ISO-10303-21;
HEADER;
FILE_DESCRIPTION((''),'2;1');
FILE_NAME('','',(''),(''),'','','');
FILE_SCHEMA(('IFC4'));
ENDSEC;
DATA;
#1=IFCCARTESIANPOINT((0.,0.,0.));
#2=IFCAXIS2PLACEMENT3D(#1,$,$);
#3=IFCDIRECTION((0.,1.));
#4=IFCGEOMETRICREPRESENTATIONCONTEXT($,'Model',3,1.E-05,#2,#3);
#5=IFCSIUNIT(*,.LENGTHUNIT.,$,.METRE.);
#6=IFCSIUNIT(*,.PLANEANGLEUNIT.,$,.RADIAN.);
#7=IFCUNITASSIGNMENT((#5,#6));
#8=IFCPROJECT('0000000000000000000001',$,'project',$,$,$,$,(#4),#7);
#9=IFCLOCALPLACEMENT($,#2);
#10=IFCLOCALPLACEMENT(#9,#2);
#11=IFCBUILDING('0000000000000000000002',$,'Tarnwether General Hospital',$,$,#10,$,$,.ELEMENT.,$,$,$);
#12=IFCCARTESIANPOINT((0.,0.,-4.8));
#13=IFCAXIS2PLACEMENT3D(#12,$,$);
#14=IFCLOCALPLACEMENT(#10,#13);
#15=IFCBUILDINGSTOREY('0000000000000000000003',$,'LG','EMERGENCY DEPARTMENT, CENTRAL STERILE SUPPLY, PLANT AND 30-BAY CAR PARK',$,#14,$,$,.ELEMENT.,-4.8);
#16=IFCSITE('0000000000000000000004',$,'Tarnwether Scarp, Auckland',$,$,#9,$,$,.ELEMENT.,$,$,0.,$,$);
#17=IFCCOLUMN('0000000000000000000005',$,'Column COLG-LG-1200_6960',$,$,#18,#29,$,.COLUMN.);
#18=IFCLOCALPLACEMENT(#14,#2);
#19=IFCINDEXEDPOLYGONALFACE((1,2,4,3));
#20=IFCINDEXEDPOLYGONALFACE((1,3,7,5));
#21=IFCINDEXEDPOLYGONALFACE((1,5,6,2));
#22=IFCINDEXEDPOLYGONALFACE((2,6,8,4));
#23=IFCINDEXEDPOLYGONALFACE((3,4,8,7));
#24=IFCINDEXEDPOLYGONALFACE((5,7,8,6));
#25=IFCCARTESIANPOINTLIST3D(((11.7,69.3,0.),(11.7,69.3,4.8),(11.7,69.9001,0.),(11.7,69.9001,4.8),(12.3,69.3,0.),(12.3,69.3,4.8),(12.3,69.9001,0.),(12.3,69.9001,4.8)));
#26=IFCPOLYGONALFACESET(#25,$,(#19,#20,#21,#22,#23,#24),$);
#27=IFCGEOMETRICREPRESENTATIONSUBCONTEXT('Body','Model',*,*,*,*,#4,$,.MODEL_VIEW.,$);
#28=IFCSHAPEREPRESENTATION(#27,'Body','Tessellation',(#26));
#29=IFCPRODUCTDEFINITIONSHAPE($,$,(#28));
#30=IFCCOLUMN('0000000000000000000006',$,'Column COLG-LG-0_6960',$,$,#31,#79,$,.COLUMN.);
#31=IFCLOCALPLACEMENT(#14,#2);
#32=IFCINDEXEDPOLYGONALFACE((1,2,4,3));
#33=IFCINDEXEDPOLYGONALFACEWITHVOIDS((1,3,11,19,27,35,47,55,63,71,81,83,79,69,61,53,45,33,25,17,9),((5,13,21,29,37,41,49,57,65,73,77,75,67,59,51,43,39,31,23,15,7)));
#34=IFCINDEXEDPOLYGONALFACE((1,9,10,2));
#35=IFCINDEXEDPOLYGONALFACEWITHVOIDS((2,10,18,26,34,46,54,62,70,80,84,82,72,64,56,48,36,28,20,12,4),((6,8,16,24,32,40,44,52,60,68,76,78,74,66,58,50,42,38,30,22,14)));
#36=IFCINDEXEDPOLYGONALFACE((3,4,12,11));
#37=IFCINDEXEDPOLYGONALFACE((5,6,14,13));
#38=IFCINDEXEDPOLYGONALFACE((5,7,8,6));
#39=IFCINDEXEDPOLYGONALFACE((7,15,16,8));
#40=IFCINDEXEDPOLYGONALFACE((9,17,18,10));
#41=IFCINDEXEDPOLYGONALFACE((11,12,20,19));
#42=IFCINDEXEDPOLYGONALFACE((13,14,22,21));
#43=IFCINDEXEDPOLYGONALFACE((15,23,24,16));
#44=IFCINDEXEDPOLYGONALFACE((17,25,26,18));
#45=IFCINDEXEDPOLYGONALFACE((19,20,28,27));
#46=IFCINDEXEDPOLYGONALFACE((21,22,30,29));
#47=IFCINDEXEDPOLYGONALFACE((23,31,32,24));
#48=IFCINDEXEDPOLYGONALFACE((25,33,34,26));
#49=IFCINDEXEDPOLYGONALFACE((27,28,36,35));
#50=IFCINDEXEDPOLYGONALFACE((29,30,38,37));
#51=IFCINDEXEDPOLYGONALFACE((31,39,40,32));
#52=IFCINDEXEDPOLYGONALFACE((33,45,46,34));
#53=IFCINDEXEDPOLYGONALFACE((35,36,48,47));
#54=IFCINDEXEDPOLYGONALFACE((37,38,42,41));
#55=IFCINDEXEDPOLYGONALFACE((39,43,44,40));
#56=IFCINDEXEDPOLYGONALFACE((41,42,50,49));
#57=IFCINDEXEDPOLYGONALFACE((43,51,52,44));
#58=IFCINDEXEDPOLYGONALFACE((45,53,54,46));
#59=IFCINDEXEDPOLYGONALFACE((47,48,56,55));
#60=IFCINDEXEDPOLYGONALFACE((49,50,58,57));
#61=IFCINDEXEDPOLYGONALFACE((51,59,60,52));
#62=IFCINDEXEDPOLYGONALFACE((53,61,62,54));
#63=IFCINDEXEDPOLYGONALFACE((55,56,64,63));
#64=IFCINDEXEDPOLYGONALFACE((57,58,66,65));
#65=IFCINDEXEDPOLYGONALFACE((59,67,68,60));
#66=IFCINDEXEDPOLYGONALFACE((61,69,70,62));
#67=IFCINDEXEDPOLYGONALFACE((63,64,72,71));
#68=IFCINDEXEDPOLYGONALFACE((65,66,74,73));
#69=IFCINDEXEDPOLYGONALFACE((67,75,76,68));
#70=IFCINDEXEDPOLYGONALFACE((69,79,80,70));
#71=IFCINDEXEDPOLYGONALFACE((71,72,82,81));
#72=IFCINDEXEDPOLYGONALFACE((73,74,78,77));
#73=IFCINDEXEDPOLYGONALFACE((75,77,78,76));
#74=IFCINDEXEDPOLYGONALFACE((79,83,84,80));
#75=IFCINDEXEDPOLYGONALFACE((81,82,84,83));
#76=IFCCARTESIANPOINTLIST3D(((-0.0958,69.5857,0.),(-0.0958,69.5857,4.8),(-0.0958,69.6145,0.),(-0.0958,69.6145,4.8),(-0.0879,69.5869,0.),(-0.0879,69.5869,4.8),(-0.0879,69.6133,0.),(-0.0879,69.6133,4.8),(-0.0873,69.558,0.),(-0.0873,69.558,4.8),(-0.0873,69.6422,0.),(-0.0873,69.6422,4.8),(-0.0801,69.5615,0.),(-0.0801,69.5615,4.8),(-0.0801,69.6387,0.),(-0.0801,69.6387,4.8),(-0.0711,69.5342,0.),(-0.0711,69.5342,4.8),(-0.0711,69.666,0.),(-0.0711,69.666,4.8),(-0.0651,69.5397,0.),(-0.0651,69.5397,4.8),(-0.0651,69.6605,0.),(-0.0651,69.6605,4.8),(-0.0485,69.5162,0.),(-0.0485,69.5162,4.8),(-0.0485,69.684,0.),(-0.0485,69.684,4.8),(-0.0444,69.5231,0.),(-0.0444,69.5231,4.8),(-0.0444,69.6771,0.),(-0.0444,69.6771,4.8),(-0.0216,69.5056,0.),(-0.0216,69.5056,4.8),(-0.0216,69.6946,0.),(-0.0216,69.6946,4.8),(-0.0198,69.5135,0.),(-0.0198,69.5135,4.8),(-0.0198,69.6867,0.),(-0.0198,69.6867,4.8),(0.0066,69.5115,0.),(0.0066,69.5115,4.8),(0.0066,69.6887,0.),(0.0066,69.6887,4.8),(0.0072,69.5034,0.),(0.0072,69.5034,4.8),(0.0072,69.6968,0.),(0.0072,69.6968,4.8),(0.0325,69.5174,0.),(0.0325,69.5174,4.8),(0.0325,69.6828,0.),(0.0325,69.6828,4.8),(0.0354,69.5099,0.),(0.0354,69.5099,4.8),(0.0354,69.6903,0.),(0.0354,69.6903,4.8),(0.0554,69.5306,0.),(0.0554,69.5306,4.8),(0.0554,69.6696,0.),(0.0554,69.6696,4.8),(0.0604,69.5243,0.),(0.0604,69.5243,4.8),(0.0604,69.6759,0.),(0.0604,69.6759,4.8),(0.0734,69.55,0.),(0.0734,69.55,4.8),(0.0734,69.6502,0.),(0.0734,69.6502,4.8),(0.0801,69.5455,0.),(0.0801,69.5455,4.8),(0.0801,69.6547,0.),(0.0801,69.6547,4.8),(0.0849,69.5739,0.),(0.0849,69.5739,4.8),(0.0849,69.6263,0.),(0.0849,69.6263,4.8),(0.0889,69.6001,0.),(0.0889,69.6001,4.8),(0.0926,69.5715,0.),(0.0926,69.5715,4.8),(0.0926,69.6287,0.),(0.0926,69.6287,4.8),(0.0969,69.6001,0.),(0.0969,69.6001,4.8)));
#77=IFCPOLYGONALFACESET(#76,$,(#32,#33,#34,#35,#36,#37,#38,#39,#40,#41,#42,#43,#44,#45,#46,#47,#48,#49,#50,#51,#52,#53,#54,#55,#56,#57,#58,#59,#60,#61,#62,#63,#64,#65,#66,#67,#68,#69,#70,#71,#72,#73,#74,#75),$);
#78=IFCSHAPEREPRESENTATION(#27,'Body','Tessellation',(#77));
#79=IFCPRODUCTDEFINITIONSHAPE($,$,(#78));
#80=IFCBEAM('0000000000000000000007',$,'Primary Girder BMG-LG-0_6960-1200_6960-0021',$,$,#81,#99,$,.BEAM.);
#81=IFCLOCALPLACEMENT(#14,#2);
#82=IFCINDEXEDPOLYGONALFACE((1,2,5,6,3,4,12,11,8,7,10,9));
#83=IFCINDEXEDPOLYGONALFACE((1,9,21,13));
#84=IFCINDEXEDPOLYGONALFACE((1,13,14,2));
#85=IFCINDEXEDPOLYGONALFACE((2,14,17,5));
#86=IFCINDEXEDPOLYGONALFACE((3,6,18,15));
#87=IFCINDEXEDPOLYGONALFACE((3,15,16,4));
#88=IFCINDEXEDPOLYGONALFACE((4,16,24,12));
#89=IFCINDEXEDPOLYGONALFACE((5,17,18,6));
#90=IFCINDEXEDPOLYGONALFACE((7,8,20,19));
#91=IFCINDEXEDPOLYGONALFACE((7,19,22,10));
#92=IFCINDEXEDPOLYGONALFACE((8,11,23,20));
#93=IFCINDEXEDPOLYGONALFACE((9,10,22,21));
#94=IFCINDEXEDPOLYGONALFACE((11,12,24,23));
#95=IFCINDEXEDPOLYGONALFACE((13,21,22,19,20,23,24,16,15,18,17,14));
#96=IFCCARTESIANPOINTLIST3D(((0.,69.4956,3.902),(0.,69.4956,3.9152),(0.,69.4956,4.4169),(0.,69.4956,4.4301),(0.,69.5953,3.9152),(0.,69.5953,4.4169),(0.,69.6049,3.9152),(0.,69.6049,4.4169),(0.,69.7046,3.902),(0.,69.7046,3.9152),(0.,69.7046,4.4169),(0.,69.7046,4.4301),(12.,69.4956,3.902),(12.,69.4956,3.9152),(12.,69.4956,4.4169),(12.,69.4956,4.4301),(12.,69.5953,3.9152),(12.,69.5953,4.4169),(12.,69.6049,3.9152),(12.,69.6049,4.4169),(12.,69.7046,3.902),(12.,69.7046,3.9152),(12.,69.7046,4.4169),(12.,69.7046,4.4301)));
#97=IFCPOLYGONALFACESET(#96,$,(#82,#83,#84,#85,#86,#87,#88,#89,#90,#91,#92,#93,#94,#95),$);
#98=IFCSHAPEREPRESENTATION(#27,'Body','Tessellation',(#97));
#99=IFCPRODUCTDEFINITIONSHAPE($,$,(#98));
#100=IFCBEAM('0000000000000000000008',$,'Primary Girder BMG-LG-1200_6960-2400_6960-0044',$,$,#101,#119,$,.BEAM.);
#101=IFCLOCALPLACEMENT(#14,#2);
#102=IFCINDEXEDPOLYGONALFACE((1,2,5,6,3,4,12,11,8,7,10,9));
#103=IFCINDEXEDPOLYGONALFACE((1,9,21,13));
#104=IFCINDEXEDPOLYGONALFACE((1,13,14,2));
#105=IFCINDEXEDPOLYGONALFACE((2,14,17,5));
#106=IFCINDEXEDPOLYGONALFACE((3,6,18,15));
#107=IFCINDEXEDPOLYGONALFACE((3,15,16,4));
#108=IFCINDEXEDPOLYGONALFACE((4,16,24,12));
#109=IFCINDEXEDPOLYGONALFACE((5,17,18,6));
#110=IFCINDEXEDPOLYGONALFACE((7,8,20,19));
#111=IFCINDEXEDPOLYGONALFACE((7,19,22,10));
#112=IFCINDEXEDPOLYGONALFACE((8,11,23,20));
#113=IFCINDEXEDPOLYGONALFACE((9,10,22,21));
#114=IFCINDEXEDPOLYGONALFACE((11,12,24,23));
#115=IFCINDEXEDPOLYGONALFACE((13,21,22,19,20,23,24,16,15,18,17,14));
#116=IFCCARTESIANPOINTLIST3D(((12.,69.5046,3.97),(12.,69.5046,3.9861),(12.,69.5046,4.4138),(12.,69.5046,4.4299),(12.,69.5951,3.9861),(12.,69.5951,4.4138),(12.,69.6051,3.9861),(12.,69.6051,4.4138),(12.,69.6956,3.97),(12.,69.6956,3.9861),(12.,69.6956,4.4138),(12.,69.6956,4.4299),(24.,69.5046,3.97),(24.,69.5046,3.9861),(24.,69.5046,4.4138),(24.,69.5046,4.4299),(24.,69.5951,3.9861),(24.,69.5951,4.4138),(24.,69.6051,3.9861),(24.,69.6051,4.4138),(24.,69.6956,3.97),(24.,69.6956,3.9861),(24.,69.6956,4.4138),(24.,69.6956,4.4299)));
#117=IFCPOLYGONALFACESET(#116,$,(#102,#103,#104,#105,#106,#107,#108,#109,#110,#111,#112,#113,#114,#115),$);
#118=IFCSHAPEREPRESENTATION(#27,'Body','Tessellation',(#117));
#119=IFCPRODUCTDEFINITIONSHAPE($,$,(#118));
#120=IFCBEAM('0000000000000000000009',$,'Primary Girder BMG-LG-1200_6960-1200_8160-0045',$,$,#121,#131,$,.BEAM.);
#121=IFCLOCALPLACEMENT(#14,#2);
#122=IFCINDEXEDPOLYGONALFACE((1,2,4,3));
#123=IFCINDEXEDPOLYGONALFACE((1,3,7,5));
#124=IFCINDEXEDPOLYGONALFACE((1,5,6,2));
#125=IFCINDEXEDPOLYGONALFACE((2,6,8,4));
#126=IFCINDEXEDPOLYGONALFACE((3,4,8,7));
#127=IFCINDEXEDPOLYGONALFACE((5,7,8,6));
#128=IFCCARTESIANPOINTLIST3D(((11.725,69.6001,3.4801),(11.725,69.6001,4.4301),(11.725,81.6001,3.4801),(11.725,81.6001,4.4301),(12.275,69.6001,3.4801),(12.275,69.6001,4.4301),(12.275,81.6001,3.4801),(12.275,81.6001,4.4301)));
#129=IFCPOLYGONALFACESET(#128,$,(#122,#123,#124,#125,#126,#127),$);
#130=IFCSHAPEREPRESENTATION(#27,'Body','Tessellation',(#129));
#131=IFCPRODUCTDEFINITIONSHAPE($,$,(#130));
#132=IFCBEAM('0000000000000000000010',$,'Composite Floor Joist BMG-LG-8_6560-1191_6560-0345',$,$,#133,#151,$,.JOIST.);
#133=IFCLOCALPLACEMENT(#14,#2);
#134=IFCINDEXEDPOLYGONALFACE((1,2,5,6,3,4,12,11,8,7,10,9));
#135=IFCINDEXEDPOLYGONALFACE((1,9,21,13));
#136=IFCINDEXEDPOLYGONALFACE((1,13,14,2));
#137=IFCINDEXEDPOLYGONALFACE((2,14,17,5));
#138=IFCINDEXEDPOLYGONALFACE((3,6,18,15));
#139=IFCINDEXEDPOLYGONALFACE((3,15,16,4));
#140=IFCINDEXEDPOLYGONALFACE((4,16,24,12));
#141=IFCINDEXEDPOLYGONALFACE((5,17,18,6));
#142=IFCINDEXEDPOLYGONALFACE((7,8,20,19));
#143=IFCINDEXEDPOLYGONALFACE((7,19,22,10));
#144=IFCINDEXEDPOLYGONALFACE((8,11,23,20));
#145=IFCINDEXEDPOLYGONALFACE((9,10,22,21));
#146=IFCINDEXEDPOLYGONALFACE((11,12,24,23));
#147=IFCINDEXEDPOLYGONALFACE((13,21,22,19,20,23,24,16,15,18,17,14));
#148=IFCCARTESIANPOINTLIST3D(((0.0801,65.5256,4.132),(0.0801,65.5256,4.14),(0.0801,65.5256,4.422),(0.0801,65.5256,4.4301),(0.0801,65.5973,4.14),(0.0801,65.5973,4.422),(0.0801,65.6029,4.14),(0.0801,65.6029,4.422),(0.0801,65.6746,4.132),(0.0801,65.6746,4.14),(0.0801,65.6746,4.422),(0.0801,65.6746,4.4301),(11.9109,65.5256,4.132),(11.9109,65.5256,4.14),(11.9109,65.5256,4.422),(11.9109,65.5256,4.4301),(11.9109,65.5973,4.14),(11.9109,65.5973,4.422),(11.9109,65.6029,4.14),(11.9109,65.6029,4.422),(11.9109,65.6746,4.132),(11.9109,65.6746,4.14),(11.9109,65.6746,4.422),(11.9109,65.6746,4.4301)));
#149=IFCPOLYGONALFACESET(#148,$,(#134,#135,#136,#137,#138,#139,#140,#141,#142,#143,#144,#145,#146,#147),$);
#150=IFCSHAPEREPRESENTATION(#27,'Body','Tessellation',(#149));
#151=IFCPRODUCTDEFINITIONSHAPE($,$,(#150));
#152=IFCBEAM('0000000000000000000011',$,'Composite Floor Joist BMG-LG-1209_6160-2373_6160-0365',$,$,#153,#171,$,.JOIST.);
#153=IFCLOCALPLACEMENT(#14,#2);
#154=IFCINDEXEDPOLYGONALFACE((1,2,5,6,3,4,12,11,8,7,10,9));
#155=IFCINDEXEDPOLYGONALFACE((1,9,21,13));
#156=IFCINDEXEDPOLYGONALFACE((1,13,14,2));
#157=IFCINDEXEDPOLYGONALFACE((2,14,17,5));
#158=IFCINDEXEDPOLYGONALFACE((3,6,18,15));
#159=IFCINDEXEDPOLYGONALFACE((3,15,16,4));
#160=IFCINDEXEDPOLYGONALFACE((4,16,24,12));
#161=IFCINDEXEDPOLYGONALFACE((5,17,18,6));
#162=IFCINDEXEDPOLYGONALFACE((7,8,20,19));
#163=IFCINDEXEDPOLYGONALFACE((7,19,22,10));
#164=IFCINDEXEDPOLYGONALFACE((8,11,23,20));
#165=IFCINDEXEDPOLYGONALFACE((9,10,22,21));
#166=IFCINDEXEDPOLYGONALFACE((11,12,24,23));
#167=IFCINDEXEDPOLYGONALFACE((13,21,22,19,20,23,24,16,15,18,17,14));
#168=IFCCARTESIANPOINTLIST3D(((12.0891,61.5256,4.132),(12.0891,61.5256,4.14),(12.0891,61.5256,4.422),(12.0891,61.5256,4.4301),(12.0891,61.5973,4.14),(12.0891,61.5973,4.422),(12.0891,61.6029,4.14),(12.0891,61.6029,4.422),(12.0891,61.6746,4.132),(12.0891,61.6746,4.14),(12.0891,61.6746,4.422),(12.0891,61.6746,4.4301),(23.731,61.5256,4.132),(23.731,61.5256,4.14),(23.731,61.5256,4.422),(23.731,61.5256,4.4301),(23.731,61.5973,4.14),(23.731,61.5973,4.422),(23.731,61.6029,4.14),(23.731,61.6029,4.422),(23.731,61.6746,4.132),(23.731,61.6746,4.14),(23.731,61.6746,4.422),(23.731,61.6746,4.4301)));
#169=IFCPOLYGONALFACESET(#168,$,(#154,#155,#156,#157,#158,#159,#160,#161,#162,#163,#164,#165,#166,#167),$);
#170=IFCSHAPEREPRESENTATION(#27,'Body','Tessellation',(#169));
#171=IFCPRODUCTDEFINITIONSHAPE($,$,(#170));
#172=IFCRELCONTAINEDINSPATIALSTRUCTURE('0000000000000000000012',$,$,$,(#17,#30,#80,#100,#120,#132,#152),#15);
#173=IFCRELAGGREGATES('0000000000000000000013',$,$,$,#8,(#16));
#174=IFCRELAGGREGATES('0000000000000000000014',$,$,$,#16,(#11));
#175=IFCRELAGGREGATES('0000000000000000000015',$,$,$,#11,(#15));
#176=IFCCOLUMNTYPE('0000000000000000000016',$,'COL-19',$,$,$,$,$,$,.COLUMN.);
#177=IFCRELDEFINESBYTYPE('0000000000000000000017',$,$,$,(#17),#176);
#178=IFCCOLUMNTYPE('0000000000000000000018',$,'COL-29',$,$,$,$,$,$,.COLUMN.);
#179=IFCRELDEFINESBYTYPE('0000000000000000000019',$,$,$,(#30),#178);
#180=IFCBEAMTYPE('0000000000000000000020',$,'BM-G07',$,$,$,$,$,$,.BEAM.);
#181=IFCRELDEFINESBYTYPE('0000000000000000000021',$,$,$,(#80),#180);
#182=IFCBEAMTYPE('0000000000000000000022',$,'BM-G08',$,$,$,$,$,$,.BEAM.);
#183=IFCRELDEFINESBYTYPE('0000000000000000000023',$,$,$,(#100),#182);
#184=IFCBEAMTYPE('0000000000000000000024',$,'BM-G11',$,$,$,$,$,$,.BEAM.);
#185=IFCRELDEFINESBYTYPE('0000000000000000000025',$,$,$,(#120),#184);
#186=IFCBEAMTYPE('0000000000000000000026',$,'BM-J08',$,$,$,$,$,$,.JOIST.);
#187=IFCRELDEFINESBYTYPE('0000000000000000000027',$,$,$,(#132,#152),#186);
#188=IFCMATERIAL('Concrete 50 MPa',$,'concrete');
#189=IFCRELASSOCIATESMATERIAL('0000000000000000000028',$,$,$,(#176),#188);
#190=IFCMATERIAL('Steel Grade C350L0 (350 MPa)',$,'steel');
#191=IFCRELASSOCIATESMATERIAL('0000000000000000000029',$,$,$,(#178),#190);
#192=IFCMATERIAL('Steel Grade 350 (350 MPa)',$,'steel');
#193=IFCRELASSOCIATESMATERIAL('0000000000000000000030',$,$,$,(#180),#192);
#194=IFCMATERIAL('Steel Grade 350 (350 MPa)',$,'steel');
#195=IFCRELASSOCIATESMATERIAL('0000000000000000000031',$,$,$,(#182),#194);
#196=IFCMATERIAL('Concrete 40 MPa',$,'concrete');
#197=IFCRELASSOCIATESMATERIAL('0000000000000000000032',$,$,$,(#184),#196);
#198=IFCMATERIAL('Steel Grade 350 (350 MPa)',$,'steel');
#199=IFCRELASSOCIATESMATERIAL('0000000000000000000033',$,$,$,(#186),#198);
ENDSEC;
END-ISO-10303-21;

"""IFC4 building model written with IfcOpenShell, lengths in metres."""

from ifc_helpers import new_model, si_unit, direction, frame, origin, origin_2d, place, context, subcontext, project, spatial, rectangle, hollow_circle, i_section, extrude, material, material_profile, profile_set, type_object, element, save


model = new_model("IFC4")

# Units and contexts
model_context = context("Model", 3, precision=1e-05, world=origin(), true_north=direction((0.0, 1.0)))
body_context = subcontext(model_context, "Body", "Model", "MODEL_VIEW")
ifc_project = project(units=[si_unit("LENGTHUNIT", "METRE"), si_unit("PLANEANGLEUNIT", "RADIAN")], contexts=[model_context])

# Site, building, storey
site_placement = place(None, origin())
site = spatial("IfcSite", under=ifc_project, at=site_placement, Name="Tarnwether Scarp, Auckland", CompositionType="ELEMENT", RefElevation=0.0)
building_placement = place(site_placement, origin())
building = spatial("IfcBuilding", under=site, at=building_placement, Name="Tarnwether General Hospital", CompositionType="ELEMENT")
storey_placement = place(building_placement, frame((0.0, 0.0, -4.8)))
storey = spatial("IfcBuildingStorey", under=building, at=storey_placement, Name="LG", Description="EMERGENCY DEPARTMENT, CENTRAL STERILE SUPPLY, PLANT AND 30-BAY CAR PARK", CompositionType="ELEMENT", Elevation=-4.8)

# Columns
ifc_material_1 = material(Name="Concrete 50 MPa", Category="concrete")
ifc_material_profile_1 = material_profile(ifc_material_1, rectangle(XDim=0.6001, YDim=0.6001, at=origin_2d()), Name="RC-COL-600x600")
ifc_profile_set_1 = profile_set([ifc_material_profile_1], Name="Concrete 50 MPa")
column_type_1 = type_object("IfcColumnType", Name="COL-19", PredefinedType="COLUMN", material=ifc_profile_set_1)
column_1_placement = place(storey_placement, frame((12.0, 69.6001, 0.0), z_axis=(0.0, 0.0, 1.0), x_axis=(0.0, 1.0, 0.0)))
element("IfcColumn", 1, at=column_1_placement, inside=storey, type_object=column_type_1, Name="Column COLG-LG-1200_6960", PredefinedType="COLUMN", context=body_context, shape_type="SweptSolid", body=[
    extrude(rectangle(XDim=0.6001, YDim=0.6001, at=origin_2d()), origin(), (0.0, 0.0, 1.0), 4.8),
])
ifc_material_2 = material(Name="Steel Grade C350L0 (350 MPa)", Category="steel")
ifc_material_profile_2 = material_profile(ifc_material_2, hollow_circle(Radius=0.0969, WallThickness=0.0081, at=origin_2d()), Name="CHS193.7x8.0")
ifc_profile_set_2 = profile_set([ifc_material_profile_2], Name="Steel Grade C350L0 (350 MPa)")
column_type_2 = type_object("IfcColumnType", Name="COL-29", PredefinedType="COLUMN", material=ifc_profile_set_2)
column_2_placement = place(storey_placement, frame((0.0, 69.6001, 0.0), z_axis=(0.0, 0.0, 1.0), x_axis=(1.0, 0.0, 0.0)))
element("IfcColumn", 2, at=column_2_placement, inside=storey, type_object=column_type_2, Name="Column COLG-LG-0_6960", PredefinedType="COLUMN", context=body_context, shape_type="SweptSolid", body=[
    extrude(hollow_circle(Radius=0.0969, WallThickness=0.0081, at=origin_2d()), origin(), (0.0, 0.0, 1.0), 4.8),
])

# Beams
ifc_material_3 = material(Name="Steel Grade 350 (350 MPa)", Category="steel")
ifc_material_profile_3 = material_profile(ifc_material_3, i_section(OverallWidth=0.209, OverallDepth=0.5281, WebThickness=0.0095, FlangeThickness=0.0132, at=origin_2d()), Name="530UB82.0")
ifc_profile_set_3 = profile_set([ifc_material_profile_3], Name="Steel Grade 350 (350 MPa)")
beam_type_1 = type_object("IfcBeamType", Name="BM-G07", PredefinedType="BEAM", material=ifc_profile_set_3)
beam_1_placement = place(storey_placement, frame((0.0, 69.6001, 4.166), z_axis=(1.0, 0.0, 0.0), x_axis=(0.0, 1.0, 0.0)))
element("IfcBeam", 3, at=beam_1_placement, inside=storey, type_object=beam_type_1, Name="Primary Girder BMG-LG-0_6960-1200_6960-0021", PredefinedType="BEAM", context=body_context, shape_type="SweptSolid", body=[
    extrude(i_section(OverallWidth=0.209, OverallDepth=0.5281, WebThickness=0.0095, FlangeThickness=0.0132, at=origin_2d()), origin(), (0.0, 0.0, 1.0), 12.0),
])
ifc_material_4 = material(Name="Steel Grade 350 (350 MPa)", Category="steel")
ifc_material_profile_4 = material_profile(ifc_material_4, i_section(OverallWidth=0.1909, OverallDepth=0.46, WebThickness=0.01, FlangeThickness=0.0161, at=origin_2d()), Name="460UB82.1")
ifc_profile_set_4 = profile_set([ifc_material_profile_4], Name="Steel Grade 350 (350 MPa)")
beam_type_2 = type_object("IfcBeamType", Name="BM-G08", PredefinedType="BEAM", material=ifc_profile_set_4)
beam_2_placement = place(storey_placement, frame((12.0, 69.6001, 4.2), z_axis=(1.0, 0.0, 0.0), x_axis=(0.0, 1.0, 0.0)))
element("IfcBeam", 4, at=beam_2_placement, inside=storey, type_object=beam_type_2, Name="Primary Girder BMG-LG-1200_6960-2400_6960-0044", PredefinedType="BEAM", context=body_context, shape_type="SweptSolid", body=[
    extrude(i_section(OverallWidth=0.1909, OverallDepth=0.46, WebThickness=0.01, FlangeThickness=0.0161, at=origin_2d()), origin(), (0.0, 0.0, 1.0), 12.0),
])
ifc_material_5 = material(Name="Concrete 40 MPa", Category="concrete")
ifc_material_profile_5 = material_profile(ifc_material_5, rectangle(XDim=0.55, YDim=0.95, at=origin_2d()), Name="RC-BM-550x950")
ifc_profile_set_5 = profile_set([ifc_material_profile_5], Name="Concrete 40 MPa")
beam_type_3 = type_object("IfcBeamType", Name="BM-G11", PredefinedType="BEAM", material=ifc_profile_set_5)
beam_3_placement = place(storey_placement, frame((12.0, 69.6001, 3.9551), z_axis=(0.0, 1.0, 0.0), x_axis=(-1.0, 0.0, 0.0)))
element("IfcBeam", 5, at=beam_3_placement, inside=storey, type_object=beam_type_3, Name="Primary Girder BMG-LG-1200_6960-1200_8160-0045", PredefinedType="BEAM", context=body_context, shape_type="SweptSolid", body=[
    extrude(rectangle(XDim=0.55, YDim=0.95, at=origin_2d()), origin(), (0.0, 0.0, 1.0), 12.0),
])
ifc_material_6 = material(Name="Steel Grade 350 (350 MPa)", Category="steel")
ifc_material_profile_6 = material_profile(ifc_material_6, i_section(OverallWidth=0.1489, OverallDepth=0.2981, WebThickness=0.0056, FlangeThickness=0.0081, at=origin_2d()), Name="310UB32.0")
ifc_profile_set_6 = profile_set([ifc_material_profile_6], Name="Steel Grade 350 (350 MPa)")
beam_type_4 = type_object("IfcBeamType", Name="BM-J08", PredefinedType="JOIST", material=ifc_profile_set_6)
beam_4_placement = place(storey_placement, frame((0.0801, 65.6001, 4.281), z_axis=(1.0, 0.0, 0.0), x_axis=(0.0, 1.0, 0.0)))
element("IfcBeam", 6, at=beam_4_placement, inside=storey, type_object=beam_type_4, Name="Composite Floor Joist BMG-LG-8_6560-1191_6560-0345", PredefinedType="JOIST", context=body_context, shape_type="SweptSolid", body=[
    extrude(i_section(OverallWidth=0.1489, OverallDepth=0.2981, WebThickness=0.0056, FlangeThickness=0.0081, at=origin_2d()), origin(), (0.0, 0.0, 1.0), 11.8308),
])
beam_5_placement = place(storey_placement, frame((12.0891, 61.6001, 4.281), z_axis=(1.0, 0.0, 0.0), x_axis=(0.0, 1.0, 0.0)))
element("IfcBeam", 7, at=beam_5_placement, inside=storey, type_object=beam_type_4, Name="Composite Floor Joist BMG-LG-1209_6160-2373_6160-0365", PredefinedType="JOIST", context=body_context, shape_type="SweptSolid", body=[
    extrude(i_section(OverallWidth=0.1489, OverallDepth=0.2981, WebThickness=0.0056, FlangeThickness=0.0081, at=origin_2d()), origin(), (0.0, 0.0, 1.0), 11.6418),
])

save(model, "model.ifc")
